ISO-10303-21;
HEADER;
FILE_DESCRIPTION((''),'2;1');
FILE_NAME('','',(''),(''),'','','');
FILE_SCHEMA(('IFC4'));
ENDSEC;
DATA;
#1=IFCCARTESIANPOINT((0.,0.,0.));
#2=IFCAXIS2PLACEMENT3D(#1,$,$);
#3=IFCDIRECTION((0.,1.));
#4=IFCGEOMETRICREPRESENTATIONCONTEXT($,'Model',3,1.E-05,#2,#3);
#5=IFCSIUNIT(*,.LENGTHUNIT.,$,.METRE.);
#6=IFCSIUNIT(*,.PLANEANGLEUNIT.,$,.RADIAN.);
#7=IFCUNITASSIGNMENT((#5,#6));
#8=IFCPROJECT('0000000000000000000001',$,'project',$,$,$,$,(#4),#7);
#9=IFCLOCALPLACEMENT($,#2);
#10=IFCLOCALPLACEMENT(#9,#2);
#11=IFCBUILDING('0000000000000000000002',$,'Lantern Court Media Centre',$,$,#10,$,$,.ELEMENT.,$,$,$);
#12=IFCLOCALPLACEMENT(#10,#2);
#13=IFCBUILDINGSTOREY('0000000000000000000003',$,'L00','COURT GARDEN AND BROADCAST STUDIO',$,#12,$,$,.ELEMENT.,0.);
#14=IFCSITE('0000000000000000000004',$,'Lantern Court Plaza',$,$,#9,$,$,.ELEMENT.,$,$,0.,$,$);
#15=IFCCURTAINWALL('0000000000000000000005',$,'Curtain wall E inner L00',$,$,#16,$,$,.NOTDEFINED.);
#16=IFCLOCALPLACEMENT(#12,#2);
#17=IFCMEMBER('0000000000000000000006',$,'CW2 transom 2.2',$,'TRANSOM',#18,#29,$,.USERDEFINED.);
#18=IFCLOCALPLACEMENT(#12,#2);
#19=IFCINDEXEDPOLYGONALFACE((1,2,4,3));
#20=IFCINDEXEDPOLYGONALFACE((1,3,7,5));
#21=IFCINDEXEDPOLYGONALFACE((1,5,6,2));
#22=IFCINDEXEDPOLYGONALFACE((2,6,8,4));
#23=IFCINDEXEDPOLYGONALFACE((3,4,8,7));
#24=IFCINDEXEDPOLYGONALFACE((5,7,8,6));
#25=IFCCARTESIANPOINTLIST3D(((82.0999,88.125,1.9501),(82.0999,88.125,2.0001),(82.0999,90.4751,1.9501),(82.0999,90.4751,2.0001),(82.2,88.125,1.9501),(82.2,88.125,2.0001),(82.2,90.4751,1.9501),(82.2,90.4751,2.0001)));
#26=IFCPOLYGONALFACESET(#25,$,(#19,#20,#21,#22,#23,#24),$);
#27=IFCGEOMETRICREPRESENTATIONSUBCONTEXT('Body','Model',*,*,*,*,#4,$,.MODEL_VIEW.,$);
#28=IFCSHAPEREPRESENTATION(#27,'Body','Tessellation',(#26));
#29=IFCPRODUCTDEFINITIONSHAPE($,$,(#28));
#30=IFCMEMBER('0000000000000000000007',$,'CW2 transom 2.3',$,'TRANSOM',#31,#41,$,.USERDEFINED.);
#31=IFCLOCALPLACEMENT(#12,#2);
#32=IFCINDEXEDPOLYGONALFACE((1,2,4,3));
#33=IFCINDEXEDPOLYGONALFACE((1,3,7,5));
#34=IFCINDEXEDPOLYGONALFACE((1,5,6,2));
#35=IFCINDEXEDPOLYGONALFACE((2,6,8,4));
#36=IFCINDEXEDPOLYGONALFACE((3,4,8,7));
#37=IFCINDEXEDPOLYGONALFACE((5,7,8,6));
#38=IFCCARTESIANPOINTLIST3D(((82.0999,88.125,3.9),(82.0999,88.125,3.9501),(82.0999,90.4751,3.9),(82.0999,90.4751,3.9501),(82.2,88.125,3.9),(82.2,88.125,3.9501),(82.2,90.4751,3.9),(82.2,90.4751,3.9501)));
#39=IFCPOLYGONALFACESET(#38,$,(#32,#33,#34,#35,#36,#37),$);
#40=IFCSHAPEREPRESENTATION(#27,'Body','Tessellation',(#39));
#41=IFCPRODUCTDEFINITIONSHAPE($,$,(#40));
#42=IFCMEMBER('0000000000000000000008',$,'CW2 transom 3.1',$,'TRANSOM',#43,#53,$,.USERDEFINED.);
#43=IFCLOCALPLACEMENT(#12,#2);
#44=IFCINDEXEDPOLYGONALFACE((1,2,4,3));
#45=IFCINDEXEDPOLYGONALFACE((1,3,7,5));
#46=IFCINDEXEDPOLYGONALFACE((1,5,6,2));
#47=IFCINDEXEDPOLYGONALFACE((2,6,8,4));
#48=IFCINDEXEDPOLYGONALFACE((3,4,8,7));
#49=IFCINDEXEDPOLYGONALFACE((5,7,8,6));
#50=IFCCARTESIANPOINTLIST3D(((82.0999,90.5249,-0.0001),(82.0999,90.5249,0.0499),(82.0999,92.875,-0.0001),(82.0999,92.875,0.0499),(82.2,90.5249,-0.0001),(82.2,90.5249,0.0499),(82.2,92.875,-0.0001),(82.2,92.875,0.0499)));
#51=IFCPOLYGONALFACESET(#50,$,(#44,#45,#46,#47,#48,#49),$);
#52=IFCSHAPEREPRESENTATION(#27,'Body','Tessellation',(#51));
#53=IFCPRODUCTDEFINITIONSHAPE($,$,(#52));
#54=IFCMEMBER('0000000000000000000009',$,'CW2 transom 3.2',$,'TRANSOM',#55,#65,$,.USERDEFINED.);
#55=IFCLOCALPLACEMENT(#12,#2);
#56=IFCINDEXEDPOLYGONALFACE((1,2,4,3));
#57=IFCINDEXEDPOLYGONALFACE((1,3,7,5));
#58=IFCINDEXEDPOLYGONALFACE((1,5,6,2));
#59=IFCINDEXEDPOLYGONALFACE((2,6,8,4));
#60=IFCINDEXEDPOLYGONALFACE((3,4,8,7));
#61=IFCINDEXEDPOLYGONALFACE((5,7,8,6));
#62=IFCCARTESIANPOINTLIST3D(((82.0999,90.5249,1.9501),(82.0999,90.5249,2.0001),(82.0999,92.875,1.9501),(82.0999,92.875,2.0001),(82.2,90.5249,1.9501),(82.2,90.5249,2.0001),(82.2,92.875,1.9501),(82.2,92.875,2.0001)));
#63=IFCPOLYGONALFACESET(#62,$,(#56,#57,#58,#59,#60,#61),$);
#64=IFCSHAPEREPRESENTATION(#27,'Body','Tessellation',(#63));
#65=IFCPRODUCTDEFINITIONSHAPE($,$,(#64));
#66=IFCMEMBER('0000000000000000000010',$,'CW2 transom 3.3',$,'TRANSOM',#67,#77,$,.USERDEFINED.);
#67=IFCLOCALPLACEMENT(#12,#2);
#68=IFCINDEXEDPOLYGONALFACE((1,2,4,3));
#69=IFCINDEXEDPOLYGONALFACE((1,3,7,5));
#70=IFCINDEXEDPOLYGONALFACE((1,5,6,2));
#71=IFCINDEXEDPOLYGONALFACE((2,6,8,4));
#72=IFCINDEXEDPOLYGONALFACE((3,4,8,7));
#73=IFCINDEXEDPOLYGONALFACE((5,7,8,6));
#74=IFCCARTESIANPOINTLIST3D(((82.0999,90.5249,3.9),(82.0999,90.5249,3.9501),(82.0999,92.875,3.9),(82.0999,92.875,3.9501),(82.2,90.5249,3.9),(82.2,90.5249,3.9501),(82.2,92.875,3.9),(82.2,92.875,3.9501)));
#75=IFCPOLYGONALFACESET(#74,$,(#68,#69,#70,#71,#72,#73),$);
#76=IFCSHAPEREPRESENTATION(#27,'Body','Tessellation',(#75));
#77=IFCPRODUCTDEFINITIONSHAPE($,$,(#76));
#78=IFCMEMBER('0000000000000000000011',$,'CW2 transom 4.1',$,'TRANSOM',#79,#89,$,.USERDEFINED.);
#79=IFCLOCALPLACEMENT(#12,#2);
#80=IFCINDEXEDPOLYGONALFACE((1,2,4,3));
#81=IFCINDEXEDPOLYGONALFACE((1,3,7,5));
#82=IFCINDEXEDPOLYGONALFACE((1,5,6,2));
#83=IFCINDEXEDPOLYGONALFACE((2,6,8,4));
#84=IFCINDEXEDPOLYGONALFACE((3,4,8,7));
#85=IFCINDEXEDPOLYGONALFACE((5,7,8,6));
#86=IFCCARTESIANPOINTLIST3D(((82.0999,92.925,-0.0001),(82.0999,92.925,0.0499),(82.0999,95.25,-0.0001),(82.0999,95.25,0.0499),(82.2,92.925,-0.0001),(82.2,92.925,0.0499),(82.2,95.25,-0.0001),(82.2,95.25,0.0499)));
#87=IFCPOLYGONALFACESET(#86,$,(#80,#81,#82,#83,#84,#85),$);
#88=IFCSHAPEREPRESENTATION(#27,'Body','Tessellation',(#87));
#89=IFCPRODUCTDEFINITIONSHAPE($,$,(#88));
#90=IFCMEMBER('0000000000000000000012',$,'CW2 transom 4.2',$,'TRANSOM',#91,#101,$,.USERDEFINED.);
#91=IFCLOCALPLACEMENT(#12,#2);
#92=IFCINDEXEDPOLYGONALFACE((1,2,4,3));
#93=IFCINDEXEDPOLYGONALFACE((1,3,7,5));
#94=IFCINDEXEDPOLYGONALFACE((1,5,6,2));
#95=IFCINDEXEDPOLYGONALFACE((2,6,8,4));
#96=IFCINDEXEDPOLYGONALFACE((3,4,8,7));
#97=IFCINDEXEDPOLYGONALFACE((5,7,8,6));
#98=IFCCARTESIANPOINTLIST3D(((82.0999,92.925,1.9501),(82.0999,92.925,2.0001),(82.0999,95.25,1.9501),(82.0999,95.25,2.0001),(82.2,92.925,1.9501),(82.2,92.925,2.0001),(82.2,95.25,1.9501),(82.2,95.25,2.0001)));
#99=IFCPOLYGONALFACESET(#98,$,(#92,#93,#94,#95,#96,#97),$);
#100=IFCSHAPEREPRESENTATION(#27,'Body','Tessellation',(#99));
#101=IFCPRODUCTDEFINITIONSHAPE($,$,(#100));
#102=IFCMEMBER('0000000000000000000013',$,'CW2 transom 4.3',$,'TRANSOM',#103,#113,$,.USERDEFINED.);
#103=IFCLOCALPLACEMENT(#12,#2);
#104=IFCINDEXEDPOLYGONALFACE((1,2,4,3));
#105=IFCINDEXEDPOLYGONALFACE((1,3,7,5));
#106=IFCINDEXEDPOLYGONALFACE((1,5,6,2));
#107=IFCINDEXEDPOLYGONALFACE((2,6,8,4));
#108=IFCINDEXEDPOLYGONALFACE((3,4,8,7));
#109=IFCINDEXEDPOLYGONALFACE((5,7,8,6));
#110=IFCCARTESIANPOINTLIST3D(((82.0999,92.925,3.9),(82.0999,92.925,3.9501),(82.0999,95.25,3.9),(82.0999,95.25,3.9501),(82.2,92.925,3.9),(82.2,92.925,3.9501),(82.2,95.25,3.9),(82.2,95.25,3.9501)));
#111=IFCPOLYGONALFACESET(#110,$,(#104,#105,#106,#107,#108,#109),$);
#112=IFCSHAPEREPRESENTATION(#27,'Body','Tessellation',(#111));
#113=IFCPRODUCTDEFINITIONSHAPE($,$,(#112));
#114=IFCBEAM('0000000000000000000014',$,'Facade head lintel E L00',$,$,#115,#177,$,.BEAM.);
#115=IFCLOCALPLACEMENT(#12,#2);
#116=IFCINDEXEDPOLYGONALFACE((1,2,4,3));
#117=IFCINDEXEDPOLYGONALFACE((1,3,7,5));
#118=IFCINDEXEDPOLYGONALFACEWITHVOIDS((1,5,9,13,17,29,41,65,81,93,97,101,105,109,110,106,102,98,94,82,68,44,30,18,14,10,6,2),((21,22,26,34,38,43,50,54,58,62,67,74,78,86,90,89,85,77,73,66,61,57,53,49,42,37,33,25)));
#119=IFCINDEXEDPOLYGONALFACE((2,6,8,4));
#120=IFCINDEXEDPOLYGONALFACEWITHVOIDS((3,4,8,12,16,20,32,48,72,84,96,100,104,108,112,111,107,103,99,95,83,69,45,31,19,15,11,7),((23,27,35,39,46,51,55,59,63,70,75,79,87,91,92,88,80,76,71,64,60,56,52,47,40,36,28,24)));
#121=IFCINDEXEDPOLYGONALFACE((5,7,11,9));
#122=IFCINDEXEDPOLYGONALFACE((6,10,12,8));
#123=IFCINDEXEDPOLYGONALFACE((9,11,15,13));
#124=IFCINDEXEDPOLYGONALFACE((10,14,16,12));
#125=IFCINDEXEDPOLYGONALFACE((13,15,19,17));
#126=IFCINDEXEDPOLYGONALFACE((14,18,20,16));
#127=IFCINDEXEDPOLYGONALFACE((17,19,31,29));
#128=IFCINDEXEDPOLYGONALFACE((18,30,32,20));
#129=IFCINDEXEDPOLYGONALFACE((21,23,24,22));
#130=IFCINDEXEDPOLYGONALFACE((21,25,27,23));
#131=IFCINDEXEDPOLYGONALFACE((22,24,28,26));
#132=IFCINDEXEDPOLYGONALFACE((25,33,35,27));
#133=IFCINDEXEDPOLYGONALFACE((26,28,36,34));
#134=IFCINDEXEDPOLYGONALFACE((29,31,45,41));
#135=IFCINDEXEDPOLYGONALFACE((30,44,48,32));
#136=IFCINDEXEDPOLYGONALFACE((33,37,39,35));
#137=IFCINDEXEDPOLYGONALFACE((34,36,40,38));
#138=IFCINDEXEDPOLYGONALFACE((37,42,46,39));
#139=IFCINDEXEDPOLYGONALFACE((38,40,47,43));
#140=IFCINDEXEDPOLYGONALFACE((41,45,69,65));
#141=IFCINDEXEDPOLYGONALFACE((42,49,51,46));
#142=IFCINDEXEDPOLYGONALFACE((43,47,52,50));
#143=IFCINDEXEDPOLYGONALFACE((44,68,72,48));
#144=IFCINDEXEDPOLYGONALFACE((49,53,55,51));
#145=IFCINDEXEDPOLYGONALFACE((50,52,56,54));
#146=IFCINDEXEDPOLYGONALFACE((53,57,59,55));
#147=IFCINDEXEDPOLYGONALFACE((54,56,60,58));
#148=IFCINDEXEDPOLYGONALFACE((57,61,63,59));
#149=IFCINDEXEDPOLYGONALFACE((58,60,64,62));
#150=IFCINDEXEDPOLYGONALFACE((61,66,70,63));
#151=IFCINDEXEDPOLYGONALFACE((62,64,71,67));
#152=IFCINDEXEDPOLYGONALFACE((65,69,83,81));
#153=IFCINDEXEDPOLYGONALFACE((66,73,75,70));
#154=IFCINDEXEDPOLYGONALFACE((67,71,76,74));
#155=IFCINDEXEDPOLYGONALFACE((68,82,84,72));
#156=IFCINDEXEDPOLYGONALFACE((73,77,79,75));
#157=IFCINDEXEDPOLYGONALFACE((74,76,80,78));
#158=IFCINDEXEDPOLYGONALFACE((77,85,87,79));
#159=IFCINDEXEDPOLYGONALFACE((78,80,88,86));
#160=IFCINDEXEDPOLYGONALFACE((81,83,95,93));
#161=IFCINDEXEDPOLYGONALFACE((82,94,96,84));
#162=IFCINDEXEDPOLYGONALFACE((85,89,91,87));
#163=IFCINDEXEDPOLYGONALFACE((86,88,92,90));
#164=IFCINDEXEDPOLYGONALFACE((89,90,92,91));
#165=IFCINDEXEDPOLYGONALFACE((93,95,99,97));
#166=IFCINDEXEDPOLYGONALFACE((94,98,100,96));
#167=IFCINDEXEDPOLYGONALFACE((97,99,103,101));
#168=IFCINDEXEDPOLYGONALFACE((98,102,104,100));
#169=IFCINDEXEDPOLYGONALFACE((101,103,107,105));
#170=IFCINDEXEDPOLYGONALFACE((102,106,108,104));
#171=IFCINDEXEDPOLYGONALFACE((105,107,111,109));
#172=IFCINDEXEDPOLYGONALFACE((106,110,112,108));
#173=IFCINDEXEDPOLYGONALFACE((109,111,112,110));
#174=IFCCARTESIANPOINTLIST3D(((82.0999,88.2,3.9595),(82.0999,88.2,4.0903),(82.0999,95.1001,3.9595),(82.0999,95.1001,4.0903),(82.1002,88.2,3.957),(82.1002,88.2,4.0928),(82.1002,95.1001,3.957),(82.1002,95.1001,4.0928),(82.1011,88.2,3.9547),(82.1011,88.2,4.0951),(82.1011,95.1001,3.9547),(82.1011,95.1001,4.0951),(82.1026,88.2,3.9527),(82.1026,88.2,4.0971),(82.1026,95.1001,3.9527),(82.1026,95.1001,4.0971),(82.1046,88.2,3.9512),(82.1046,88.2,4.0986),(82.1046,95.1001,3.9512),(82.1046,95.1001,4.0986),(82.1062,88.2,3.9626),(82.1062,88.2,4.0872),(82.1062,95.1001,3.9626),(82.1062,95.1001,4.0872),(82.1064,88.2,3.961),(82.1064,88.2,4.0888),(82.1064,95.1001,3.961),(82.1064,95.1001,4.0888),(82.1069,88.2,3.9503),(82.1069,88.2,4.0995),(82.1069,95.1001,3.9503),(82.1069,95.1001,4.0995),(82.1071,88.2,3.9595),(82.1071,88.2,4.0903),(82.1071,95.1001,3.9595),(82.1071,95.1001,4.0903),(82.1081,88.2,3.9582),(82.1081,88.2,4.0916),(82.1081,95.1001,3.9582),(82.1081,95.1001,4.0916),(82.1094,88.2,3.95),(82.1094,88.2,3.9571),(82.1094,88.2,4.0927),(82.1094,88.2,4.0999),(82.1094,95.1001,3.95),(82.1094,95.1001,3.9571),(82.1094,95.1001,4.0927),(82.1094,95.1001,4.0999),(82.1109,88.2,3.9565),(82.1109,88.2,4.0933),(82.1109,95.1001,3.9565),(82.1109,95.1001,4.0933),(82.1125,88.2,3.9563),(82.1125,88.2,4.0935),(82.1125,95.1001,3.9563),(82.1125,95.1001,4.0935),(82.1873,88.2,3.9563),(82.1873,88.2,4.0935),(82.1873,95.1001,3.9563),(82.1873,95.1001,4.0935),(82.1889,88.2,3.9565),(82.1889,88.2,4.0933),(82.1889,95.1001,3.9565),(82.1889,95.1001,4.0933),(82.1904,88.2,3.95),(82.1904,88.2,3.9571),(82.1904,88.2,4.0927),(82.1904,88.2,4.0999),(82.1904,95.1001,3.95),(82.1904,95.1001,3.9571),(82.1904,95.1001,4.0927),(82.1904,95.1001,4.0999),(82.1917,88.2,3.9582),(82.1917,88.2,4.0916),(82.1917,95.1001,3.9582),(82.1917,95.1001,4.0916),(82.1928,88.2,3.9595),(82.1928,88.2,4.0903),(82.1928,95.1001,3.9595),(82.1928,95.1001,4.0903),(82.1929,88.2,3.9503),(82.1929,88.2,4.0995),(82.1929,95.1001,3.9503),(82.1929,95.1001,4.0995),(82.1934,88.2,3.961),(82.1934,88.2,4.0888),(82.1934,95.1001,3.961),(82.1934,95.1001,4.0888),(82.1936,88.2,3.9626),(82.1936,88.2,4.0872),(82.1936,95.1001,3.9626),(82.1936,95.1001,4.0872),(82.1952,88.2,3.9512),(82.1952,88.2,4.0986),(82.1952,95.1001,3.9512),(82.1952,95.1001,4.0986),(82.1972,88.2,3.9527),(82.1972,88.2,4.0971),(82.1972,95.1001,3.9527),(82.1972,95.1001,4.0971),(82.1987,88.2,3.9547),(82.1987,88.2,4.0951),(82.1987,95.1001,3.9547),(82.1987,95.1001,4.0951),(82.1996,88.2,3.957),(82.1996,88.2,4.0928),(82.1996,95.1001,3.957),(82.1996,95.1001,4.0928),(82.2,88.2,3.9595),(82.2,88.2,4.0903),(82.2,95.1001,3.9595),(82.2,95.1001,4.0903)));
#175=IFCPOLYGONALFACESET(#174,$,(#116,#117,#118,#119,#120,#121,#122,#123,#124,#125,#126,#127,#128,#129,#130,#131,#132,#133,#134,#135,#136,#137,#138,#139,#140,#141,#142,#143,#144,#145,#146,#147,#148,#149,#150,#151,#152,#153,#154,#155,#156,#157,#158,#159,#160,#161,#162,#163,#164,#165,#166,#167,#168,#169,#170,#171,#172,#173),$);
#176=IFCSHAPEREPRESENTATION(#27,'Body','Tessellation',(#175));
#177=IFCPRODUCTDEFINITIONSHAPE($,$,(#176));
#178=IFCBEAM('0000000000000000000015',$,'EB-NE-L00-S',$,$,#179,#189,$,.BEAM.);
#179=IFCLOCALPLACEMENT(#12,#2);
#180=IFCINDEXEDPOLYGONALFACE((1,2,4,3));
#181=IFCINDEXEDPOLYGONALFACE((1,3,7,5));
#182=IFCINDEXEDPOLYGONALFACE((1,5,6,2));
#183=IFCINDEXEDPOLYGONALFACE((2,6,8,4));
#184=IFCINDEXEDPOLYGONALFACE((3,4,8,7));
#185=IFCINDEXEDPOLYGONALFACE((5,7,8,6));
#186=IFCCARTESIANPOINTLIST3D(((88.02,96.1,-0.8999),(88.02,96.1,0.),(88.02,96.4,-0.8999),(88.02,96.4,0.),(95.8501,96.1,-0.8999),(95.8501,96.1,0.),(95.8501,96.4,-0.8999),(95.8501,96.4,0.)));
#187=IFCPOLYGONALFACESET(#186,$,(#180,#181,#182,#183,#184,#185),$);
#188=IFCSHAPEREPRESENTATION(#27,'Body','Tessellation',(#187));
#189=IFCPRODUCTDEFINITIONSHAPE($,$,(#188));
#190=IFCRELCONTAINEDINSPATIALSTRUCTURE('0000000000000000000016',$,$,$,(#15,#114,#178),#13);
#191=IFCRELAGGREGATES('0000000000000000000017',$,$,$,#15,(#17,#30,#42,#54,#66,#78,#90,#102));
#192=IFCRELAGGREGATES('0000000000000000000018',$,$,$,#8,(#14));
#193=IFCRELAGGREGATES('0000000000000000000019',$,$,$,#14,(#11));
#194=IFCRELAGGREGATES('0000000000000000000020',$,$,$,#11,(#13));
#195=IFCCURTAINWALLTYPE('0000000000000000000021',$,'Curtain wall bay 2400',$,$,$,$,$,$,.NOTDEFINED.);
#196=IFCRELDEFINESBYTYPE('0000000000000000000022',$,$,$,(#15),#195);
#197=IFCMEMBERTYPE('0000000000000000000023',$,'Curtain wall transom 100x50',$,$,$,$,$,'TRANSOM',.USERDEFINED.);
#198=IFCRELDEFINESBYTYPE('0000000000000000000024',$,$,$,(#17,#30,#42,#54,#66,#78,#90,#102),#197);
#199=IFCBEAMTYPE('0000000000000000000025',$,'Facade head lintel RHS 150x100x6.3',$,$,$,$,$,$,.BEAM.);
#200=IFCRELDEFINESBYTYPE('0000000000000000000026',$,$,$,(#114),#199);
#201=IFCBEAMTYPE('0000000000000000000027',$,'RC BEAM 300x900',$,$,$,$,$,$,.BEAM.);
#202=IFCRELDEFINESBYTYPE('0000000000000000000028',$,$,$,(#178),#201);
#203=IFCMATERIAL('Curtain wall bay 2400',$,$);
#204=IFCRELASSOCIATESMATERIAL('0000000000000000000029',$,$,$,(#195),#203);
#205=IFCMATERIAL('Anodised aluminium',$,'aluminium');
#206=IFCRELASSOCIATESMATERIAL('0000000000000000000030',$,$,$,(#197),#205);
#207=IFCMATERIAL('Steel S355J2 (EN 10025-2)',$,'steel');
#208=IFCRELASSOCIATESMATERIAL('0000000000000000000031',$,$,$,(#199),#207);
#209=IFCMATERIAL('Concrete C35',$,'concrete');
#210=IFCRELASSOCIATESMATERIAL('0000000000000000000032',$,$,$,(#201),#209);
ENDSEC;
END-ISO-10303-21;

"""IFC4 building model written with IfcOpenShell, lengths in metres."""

from ifc_helpers import new_model, si_unit, direction, frame, origin, origin_2d, place, context, subcontext, project, spatial, rectangle, hollow_rectangle, extrude, material, material_profile, profile_set, type_object, element, aggregate, save


model = new_model("IFC4")

# Units and contexts
model_context = context("Model", 3, precision=1e-05, world=origin(), true_north=direction((0.0, 1.0)))
body_context = subcontext(model_context, "Body", "Model", "MODEL_VIEW")
ifc_project = project(units=[si_unit("LENGTHUNIT", "METRE"), si_unit("PLANEANGLEUNIT", "RADIAN")], contexts=[model_context])

# Site, building, storey
site_placement = place(None, origin())
site = spatial("IfcSite", under=ifc_project, at=site_placement, Name="Lantern Court Plaza", CompositionType="ELEMENT", RefElevation=0.0)
building_placement = place(site_placement, origin())
building = spatial("IfcBuilding", under=site, at=building_placement, Name="Lantern Court Media Centre", CompositionType="ELEMENT")
storey_placement = place(building_placement, origin())
storey = spatial("IfcBuildingStorey", under=building, at=storey_placement, Name="L00", Description="COURT GARDEN AND BROADCAST STUDIO", CompositionType="ELEMENT", Elevation=0.0)

# Shared definitions
ifc_material_1 = material(Name="Concrete C35", Category="concrete")

# Curtain wall, members
ifc_material_2 = material(Name="Curtain wall bay 2400")
curtain_wall_type = type_object("IfcCurtainWallType", Name="Curtain wall bay 2400", PredefinedType="NOTDEFINED", material=ifc_material_2)
curtain_wall_placement = place(storey_placement, origin())
curtain_wall = element("IfcCurtainWall", 1, at=curtain_wall_placement, inside=storey, type_object=curtain_wall_type, Name="Curtain wall E inner L00", PredefinedType="NOTDEFINED")
ifc_material_3 = material(Name="Anodised aluminium", Category="aluminium")
ifc_material_profile_1 = material_profile(ifc_material_3, rectangle(XDim=0.1001, YDim=0.05, at=origin_2d()), Name="AL 50x100")
ifc_profile_set_1 = profile_set([ifc_material_profile_1], Name="Anodised aluminium")
member_type_1 = type_object("IfcMemberType", Name="Curtain wall transom 100x50", ElementType="TRANSOM", PredefinedType="USERDEFINED", material=ifc_profile_set_1)
member_1_placement = place(storey_placement, frame((82.1499, 88.125, 1.9751), z_axis=(0.0, 1.0, 0.0), x_axis=(-1.0, 0.0, 0.0)))
member_1 = element("IfcMember", 2, at=member_1_placement, type_object=member_type_1, Name="CW2 transom 2.2", ObjectType="TRANSOM", PredefinedType="USERDEFINED", context=body_context, shape_type="SweptSolid", body=[
    extrude(rectangle(XDim=0.1001, YDim=0.05, at=origin_2d()), origin(), (0.0, 0.0, 1.0), 2.3501),
])
member_2_placement = place(storey_placement, frame((82.1499, 88.125, 3.925), z_axis=(0.0, 1.0, 0.0), x_axis=(-1.0, 0.0, 0.0)))
member_2 = element("IfcMember", 3, at=member_2_placement, type_object=member_type_1, Name="CW2 transom 2.3", ObjectType="TRANSOM", PredefinedType="USERDEFINED", context=body_context, shape_type="SweptSolid", body=[
    extrude(rectangle(XDim=0.1001, YDim=0.05, at=origin_2d()), origin(), (0.0, 0.0, 1.0), 2.3501),
])
member_3_placement = place(storey_placement, frame((82.1499, 90.5249, 0.0249), z_axis=(0.0, 1.0, 0.0), x_axis=(-1.0, 0.0, 0.0)))
member_3 = element("IfcMember", 4, at=member_3_placement, type_object=member_type_1, Name="CW2 transom 3.1", ObjectType="TRANSOM", PredefinedType="USERDEFINED", context=body_context, shape_type="SweptSolid", body=[
    extrude(rectangle(XDim=0.1001, YDim=0.05, at=origin_2d()), origin(), (0.0, 0.0, 1.0), 2.3501),
])
member_4_placement = place(storey_placement, frame((82.1499, 90.5249, 1.9751), z_axis=(0.0, 1.0, 0.0), x_axis=(-1.0, 0.0, 0.0)))
member_4 = element("IfcMember", 5, at=member_4_placement, type_object=member_type_1, Name="CW2 transom 3.2", ObjectType="TRANSOM", PredefinedType="USERDEFINED", context=body_context, shape_type="SweptSolid", body=[
    extrude(rectangle(XDim=0.1001, YDim=0.05, at=origin_2d()), origin(), (0.0, 0.0, 1.0), 2.3501),
])
member_5_placement = place(storey_placement, frame((82.1499, 90.5249, 3.925), z_axis=(0.0, 1.0, 0.0), x_axis=(-1.0, 0.0, 0.0)))
member_5 = element("IfcMember", 6, at=member_5_placement, type_object=member_type_1, Name="CW2 transom 3.3", ObjectType="TRANSOM", PredefinedType="USERDEFINED", context=body_context, shape_type="SweptSolid", body=[
    extrude(rectangle(XDim=0.1001, YDim=0.05, at=origin_2d()), origin(), (0.0, 0.0, 1.0), 2.3501),
])
member_6_placement = place(storey_placement, frame((82.1499, 92.925, 0.0249), z_axis=(0.0, 1.0, 0.0), x_axis=(-1.0, 0.0, 0.0)))
member_6 = element("IfcMember", 7, at=member_6_placement, type_object=member_type_1, Name="CW2 transom 4.1", ObjectType="TRANSOM", PredefinedType="USERDEFINED", context=body_context, shape_type="SweptSolid", body=[
    extrude(rectangle(XDim=0.1001, YDim=0.05, at=origin_2d()), origin(), (0.0, 0.0, 1.0), 2.325),
])
member_7_placement = place(storey_placement, frame((82.1499, 92.925, 1.9751), z_axis=(0.0, 1.0, 0.0), x_axis=(-1.0, 0.0, 0.0)))
member_7 = element("IfcMember", 8, at=member_7_placement, type_object=member_type_1, Name="CW2 transom 4.2", ObjectType="TRANSOM", PredefinedType="USERDEFINED", context=body_context, shape_type="SweptSolid", body=[
    extrude(rectangle(XDim=0.1001, YDim=0.05, at=origin_2d()), origin(), (0.0, 0.0, 1.0), 2.325),
])
member_8_placement = place(storey_placement, frame((82.1499, 92.925, 3.925), z_axis=(0.0, 1.0, 0.0), x_axis=(-1.0, 0.0, 0.0)))
member_8 = element("IfcMember", 9, at=member_8_placement, type_object=member_type_1, Name="CW2 transom 4.3", ObjectType="TRANSOM", PredefinedType="USERDEFINED", context=body_context, shape_type="SweptSolid", body=[
    extrude(rectangle(XDim=0.1001, YDim=0.05, at=origin_2d()), origin(), (0.0, 0.0, 1.0), 2.325),
])

# Beams
ifc_material_4 = material(Name="Steel S355J2 (EN 10025-2)", Category="steel")
ifc_material_profile_2 = material_profile(ifc_material_4, hollow_rectangle(XDim=0.1001, YDim=0.1499, WallThickness=0.0063, InnerFilletRadius=0.0063, OuterFilletRadius=0.0095, at=origin_2d()), Name="Facade head lintel RHS 150x100x6.3")
ifc_profile_set_2 = profile_set([ifc_material_profile_2], Name="Steel S355J2 (EN 10025-2)")
beam_type_1 = type_object("IfcBeamType", Name="Facade head lintel RHS 150x100x6.3", PredefinedType="BEAM", material=ifc_profile_set_2)
beam_1_placement = place(storey_placement, frame((82.1499, 88.2, 4.0249), z_axis=(0.0, 1.0, 0.0), x_axis=(-1.0, 0.0, 0.0)))
element("IfcBeam", 10, at=beam_1_placement, inside=storey, type_object=beam_type_1, Name="Facade head lintel E L00", PredefinedType="BEAM", context=body_context, shape_type="SweptSolid", body=[
    extrude(hollow_rectangle(XDim=0.1001, YDim=0.1499, WallThickness=0.0063, InnerFilletRadius=0.0063, OuterFilletRadius=0.0095, at=origin_2d()), origin(), (0.0, 0.0, 1.0), 6.9001),
])
ifc_material_profile_3 = material_profile(ifc_material_1, rectangle(XDim=0.3, YDim=0.8999, at=origin_2d()), Name="RC 300x900")
ifc_profile_set_3 = profile_set([ifc_material_profile_3], Name="Concrete C35")
beam_type_2 = type_object("IfcBeamType", Name="RC BEAM 300x900", PredefinedType="BEAM", material=ifc_profile_set_3)
beam_2_placement = place(storey_placement, frame((88.02, 96.25, -0.45), z_axis=(1.0, 0.0, 0.0), x_axis=(0.0, 1.0, 0.0)))
element("IfcBeam", 11, at=beam_2_placement, inside=storey, type_object=beam_type_2, Name="EB-NE-L00-S", PredefinedType="BEAM", context=body_context, shape_type="SweptSolid", body=[
    extrude(rectangle(XDim=0.3, YDim=0.8999, at=origin_2d()), origin(), (0.0, 0.0, 1.0), 7.8301),
])

aggregate(curtain_wall, [member_1, member_2, member_3, member_4, member_5, member_6, member_7, member_8])

save(model, "model.ifc")
